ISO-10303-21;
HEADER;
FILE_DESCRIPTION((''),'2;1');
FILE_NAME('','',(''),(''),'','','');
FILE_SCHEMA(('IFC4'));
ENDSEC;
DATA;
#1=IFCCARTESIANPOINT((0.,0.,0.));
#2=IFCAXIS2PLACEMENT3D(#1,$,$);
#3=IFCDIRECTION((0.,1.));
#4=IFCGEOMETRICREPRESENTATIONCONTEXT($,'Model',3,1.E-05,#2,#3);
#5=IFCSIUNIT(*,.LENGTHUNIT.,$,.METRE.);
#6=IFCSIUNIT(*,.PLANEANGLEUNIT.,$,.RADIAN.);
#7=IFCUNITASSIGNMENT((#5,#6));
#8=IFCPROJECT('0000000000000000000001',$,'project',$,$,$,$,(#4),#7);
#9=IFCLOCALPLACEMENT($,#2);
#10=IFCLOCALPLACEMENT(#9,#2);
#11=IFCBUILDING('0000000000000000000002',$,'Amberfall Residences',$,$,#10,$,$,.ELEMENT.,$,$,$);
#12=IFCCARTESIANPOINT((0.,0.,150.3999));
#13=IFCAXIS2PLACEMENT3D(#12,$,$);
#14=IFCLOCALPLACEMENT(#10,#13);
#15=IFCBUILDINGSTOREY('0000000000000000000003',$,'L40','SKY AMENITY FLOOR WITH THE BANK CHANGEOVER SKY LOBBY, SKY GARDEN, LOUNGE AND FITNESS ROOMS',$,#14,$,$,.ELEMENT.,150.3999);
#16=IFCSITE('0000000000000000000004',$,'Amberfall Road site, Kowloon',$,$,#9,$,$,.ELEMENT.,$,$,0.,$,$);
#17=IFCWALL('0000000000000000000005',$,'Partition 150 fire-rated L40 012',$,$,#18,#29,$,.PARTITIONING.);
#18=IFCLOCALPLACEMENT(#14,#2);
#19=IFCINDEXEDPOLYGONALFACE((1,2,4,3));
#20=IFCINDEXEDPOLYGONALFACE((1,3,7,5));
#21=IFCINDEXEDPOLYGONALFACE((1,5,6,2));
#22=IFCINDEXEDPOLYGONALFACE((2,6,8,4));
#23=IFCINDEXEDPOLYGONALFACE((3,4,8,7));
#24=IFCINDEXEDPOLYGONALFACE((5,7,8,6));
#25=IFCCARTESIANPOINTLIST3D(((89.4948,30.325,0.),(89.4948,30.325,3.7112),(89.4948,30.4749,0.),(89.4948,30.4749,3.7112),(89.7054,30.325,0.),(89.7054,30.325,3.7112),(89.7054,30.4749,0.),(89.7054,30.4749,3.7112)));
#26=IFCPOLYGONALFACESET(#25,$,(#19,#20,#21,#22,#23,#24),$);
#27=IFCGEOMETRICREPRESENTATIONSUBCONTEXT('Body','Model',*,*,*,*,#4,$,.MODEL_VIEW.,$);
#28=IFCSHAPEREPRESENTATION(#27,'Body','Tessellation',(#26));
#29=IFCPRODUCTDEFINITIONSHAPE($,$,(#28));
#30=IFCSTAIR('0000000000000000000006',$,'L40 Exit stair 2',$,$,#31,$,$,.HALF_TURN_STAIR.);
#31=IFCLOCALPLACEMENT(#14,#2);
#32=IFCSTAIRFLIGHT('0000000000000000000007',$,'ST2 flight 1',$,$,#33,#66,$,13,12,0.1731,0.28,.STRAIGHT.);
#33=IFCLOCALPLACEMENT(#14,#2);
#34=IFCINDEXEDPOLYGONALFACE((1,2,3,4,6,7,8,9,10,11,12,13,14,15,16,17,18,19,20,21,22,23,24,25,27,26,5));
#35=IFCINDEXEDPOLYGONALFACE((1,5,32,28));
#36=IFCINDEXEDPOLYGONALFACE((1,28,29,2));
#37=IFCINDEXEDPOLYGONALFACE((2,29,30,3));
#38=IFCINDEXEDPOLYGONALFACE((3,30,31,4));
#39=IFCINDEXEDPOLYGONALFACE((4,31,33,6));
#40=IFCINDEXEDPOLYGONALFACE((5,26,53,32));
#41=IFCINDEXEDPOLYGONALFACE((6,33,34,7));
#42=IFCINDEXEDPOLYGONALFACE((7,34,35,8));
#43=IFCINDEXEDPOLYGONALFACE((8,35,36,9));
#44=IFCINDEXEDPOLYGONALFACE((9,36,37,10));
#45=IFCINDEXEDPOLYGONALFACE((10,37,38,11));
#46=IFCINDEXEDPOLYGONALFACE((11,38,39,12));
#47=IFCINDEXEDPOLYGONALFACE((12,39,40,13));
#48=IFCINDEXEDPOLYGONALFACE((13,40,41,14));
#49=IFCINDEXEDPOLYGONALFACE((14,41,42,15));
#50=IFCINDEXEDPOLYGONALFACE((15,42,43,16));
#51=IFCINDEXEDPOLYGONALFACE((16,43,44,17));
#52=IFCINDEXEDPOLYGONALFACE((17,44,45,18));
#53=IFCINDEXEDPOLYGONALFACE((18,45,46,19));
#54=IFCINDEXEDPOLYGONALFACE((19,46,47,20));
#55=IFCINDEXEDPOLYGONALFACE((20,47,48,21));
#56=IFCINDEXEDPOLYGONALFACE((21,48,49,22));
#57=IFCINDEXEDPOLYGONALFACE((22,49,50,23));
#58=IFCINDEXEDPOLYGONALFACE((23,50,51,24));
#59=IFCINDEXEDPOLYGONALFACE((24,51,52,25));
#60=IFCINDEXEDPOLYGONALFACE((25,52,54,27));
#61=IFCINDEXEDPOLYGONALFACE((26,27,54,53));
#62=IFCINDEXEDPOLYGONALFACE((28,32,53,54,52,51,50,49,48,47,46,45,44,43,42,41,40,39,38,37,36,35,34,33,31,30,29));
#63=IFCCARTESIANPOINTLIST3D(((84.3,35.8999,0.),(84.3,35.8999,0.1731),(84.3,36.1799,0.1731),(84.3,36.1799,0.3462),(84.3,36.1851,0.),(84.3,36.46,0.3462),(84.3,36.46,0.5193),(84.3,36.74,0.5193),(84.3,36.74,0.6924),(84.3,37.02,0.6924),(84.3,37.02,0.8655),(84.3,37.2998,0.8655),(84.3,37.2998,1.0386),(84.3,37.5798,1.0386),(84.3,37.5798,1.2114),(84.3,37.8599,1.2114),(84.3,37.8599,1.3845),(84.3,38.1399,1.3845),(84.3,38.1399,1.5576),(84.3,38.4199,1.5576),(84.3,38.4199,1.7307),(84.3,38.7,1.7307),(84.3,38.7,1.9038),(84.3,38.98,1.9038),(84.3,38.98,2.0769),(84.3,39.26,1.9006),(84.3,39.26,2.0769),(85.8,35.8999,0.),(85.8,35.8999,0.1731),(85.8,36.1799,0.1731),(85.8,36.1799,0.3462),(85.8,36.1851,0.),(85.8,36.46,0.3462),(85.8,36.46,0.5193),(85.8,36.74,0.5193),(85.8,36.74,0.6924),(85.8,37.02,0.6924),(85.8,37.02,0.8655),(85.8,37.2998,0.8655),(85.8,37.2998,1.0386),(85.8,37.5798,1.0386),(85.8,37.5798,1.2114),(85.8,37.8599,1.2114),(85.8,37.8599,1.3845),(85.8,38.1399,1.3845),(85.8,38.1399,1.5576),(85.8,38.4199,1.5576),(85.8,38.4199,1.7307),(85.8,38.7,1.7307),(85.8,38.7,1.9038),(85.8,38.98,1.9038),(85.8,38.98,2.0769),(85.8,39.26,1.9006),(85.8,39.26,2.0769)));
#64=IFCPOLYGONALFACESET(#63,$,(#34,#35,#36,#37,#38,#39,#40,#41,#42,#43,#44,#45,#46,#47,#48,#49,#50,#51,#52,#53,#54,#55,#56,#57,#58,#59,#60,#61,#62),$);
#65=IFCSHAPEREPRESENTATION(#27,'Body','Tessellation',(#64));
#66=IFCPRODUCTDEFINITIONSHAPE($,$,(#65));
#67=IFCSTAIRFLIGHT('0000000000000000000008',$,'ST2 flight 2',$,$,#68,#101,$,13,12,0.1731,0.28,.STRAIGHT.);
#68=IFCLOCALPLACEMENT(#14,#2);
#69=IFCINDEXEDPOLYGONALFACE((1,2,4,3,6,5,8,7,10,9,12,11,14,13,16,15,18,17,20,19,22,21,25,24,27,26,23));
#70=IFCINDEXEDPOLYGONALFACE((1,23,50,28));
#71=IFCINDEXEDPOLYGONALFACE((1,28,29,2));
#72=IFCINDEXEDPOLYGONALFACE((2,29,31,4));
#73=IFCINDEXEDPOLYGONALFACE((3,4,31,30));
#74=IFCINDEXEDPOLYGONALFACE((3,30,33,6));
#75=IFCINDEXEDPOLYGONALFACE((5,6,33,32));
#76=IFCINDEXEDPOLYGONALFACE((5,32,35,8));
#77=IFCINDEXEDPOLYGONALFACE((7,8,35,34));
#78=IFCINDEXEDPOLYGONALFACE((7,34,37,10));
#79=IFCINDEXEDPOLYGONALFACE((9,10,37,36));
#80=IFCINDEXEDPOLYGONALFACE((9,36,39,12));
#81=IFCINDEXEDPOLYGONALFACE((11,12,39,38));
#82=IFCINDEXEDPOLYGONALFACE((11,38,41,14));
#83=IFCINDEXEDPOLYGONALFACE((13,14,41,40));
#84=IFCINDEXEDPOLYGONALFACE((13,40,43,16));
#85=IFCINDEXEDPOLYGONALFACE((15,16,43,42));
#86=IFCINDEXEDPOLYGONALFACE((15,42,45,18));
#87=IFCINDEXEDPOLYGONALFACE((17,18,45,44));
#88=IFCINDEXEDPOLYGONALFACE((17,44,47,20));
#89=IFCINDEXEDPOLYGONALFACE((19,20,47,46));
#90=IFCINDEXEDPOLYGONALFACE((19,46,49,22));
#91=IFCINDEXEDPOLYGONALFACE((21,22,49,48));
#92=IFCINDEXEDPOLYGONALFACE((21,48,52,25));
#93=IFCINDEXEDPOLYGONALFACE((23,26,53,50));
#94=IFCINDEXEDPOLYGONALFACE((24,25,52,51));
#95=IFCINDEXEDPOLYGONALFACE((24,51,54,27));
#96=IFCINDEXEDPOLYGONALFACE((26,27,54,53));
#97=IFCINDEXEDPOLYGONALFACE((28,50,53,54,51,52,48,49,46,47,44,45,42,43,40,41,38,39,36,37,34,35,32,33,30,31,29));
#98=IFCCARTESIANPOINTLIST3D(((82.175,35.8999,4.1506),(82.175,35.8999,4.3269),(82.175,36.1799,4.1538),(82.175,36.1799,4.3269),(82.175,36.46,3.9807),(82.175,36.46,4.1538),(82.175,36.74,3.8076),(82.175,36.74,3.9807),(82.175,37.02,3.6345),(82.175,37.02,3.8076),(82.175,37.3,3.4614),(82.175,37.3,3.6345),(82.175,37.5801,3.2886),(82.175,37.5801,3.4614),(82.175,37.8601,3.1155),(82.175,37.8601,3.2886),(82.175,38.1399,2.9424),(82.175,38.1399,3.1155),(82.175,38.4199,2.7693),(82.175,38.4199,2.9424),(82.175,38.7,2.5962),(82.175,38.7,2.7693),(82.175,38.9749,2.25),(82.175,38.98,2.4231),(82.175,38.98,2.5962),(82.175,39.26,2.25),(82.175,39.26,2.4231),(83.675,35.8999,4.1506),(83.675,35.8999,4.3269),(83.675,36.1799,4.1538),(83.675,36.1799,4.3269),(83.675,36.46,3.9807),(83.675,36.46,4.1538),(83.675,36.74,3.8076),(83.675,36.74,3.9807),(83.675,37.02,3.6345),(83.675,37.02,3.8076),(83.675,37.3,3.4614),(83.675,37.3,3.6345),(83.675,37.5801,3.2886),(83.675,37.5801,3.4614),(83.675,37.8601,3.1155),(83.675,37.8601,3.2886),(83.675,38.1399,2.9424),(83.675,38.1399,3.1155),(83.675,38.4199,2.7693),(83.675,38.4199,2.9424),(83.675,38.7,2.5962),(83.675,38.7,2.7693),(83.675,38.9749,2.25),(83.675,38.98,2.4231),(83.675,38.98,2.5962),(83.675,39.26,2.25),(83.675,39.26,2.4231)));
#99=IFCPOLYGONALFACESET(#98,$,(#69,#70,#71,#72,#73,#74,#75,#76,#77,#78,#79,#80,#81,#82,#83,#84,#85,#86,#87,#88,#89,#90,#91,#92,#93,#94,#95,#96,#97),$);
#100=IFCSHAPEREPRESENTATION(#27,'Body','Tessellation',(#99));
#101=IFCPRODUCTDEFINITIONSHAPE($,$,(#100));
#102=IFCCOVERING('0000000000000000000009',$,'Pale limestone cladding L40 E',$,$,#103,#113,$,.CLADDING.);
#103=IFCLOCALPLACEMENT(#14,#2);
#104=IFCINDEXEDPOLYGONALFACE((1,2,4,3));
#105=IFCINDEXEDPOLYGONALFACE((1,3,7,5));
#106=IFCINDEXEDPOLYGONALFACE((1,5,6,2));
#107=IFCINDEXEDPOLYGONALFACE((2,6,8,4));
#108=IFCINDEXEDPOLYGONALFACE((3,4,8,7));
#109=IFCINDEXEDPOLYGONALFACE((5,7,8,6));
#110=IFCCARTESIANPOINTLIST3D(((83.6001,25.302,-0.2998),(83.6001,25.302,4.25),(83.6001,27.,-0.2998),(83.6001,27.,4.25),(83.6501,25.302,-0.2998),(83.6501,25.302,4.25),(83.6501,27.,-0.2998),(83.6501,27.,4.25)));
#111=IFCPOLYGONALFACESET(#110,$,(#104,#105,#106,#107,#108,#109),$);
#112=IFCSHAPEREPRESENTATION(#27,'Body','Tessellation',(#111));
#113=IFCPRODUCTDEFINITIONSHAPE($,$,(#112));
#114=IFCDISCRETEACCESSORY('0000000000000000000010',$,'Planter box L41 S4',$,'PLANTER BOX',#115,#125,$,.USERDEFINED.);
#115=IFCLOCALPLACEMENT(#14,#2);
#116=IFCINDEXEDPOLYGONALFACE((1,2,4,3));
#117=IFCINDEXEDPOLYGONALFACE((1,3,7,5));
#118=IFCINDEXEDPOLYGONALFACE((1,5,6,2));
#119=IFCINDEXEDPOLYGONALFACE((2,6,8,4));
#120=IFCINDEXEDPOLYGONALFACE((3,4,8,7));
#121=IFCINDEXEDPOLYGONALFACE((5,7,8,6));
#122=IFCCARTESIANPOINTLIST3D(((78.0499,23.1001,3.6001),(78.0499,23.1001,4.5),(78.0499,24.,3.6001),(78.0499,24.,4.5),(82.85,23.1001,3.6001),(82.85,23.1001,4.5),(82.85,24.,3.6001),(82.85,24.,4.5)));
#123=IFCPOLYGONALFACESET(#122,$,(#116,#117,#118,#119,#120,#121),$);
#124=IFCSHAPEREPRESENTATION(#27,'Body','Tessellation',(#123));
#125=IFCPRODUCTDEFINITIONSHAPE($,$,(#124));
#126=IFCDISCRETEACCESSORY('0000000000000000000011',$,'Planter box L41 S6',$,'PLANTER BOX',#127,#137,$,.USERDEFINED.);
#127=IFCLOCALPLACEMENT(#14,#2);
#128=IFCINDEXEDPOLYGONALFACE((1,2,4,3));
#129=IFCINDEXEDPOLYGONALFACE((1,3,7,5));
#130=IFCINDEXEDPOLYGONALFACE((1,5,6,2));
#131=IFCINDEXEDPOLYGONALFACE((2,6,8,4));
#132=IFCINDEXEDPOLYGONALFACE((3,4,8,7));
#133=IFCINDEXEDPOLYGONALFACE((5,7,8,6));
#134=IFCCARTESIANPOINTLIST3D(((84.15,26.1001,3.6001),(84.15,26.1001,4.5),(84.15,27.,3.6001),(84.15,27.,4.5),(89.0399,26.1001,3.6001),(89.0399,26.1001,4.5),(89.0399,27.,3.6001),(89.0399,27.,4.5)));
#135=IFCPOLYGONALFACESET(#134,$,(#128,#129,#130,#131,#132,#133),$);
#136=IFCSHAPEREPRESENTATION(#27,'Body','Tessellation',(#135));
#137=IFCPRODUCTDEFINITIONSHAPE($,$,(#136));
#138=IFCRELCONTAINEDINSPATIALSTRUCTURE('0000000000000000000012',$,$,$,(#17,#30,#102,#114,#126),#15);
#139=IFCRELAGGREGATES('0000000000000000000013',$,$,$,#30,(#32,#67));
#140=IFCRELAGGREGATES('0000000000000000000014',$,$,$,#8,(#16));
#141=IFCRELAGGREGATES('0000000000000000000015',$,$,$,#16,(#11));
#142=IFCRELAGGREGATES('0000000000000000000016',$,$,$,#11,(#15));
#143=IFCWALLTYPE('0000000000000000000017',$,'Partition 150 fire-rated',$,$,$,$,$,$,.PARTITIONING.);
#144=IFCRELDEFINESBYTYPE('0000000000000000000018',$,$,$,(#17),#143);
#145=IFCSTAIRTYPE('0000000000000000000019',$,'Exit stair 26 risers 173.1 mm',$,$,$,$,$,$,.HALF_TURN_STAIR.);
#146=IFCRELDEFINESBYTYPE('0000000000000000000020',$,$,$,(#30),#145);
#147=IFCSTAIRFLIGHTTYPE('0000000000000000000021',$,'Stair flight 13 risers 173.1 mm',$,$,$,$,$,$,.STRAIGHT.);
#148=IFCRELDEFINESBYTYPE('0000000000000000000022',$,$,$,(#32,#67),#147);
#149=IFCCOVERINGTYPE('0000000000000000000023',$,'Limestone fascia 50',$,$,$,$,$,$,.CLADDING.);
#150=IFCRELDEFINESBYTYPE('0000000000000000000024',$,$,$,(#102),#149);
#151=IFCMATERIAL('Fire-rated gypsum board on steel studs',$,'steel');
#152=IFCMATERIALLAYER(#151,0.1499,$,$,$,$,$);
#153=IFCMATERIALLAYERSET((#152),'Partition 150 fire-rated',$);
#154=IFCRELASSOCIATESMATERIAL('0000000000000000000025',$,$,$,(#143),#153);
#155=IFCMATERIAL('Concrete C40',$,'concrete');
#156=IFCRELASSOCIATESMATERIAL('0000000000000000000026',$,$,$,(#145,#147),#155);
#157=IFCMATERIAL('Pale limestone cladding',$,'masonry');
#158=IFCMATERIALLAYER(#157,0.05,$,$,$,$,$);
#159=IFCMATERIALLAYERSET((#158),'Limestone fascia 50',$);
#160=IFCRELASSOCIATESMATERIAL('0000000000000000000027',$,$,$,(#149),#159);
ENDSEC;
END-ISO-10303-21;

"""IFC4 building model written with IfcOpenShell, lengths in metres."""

from ifc_helpers import new_model, si_unit, direction, frame, frame_2d, origin, origin_2d, place, context, subcontext, project, spatial, polyline, rectangle, outline, extrude, material, layer, layer_set, type_object, element, aggregate, save


model = new_model("IFC4")

# Units and contexts
model_context = context("Model", 3, precision=1e-05, world=origin(), true_north=direction((0.0, 1.0)))
body_context = subcontext(model_context, "Body", "Model", "MODEL_VIEW")
ifc_project = project(units=[si_unit("LENGTHUNIT", "METRE"), si_unit("PLANEANGLEUNIT", "RADIAN")], contexts=[model_context])

# Site, building, storey
site_placement = place(None, origin())
site = spatial("IfcSite", under=ifc_project, at=site_placement, Name="Amberfall Road site, Kowloon", CompositionType="ELEMENT", RefElevation=0.0)
building_placement = place(site_placement, origin())
building = spatial("IfcBuilding", under=site, at=building_placement, Name="Amberfall Residences", CompositionType="ELEMENT")
storey_placement = place(building_placement, frame((0.0, 0.0, 150.3999)))
storey = spatial("IfcBuildingStorey", under=building, at=storey_placement, Name="L40", Description="SKY AMENITY FLOOR WITH THE BANK CHANGEOVER SKY LOBBY, SKY GARDEN, LOUNGE AND FITNESS ROOMS", CompositionType="ELEMENT", Elevation=150.3999)

# Shared definitions
ifc_material_1 = material(Name="Fire-rated gypsum board on steel studs", Category="steel")
ifc_layer_1 = layer(ifc_material_1, 0.1499)
ifc_layer_set_1 = layer_set([ifc_layer_1], Name="Partition 150 fire-rated")
wall_type_1 = type_object("IfcWallType", Name="Partition 150 fire-rated", PredefinedType="PARTITIONING", material=ifc_layer_set_1)

# Wall
wall_1_placement = place(storey_placement, frame((89.4946, 30.3999, 0.0), z_axis=(0.0, 0.0, 1.0), x_axis=(1.0, 0.0, 0.0)))
element("IfcWall", 1, at=wall_1_placement, inside=storey, type_object=wall_type_1, Name="Partition 150 fire-rated L40 012", PredefinedType="PARTITIONING", context=body_context, shape_type="SweptSolid", body=[
    extrude(rectangle(XDim=0.2107, YDim=0.1499, at=frame_2d((0.1055, 0.0))), origin(), (0.0, 0.0, 1.0), 3.7112),
])

# Stair, stair flights
ifc_material_2 = material(Name="Concrete C40", Category="concrete")
stair_type = type_object("IfcStairType", Name="Exit stair 26 risers 173.1 mm", PredefinedType="HALF_TURN_STAIR", material=ifc_material_2)
stair_placement = place(storey_placement, origin())
stair = element("IfcStair", 2, at=stair_placement, inside=storey, type_object=stair_type, Name="L40 Exit stair 2", PredefinedType="HALF_TURN_STAIR")
stair_flight_type = type_object("IfcStairFlightType", Name="Stair flight 13 risers 173.1 mm", PredefinedType="STRAIGHT", material=ifc_material_2)
stair_flight_1_placement = place(storey_placement, frame((85.05, 35.8999, 0.0), z_axis=(0.0, 0.0, 1.0), x_axis=(0.0, 1.0, 0.0)))
stair_flight_1 = element("IfcStairFlight", 3, at=stair_flight_1_placement, type_object=stair_flight_type, Name="ST2 flight 1", NumberOfRisers=13, NumberOfTreads=12, PredefinedType="STRAIGHT", RiserHeight=0.1731, TreadLength=0.28, context=body_context, shape_type="SweptSolid", body=[
    extrude(outline(polyline([(0.0, 0.0), (0.0, 0.1731), (0.28, 0.1731), (0.28, 0.3462), (0.5601, 0.3462), (0.5601, 0.5193), (0.8401, 0.5193), (0.8401, 0.6924), (1.1201, 0.6924), (1.1201, 0.8655), (1.3999, 0.8655), (1.3999, 1.0386), (1.6799, 1.0386), (1.6799, 1.2114), (1.96, 1.2114), (1.96, 1.3845), (2.24, 1.3845), (2.24, 1.5576), (2.52, 1.5576), (2.52, 1.7307), (2.8, 1.7307), (2.8, 1.9038), (3.0801, 1.9038), (3.0801, 2.0769), (3.3601, 2.0769), (3.3601, 2.25), (3.3601, 1.9006), (0.2852, 0.0), (0.0, 0.0)])), frame((0.0, 0.75, 0.0), z_axis=(0.0, -1.0, 0.0), x_axis=(1.0, 0.0, 0.0)), (0.0, 0.0, 1.0), 1.5),
])
stair_flight_2_placement = place(storey_placement, frame((82.925, 39.26, 2.25), z_axis=(0.0, 0.0, 1.0), x_axis=(0.0, -1.0, 0.0)))
stair_flight_2 = element("IfcStairFlight", 4, at=stair_flight_2_placement, type_object=stair_flight_type, Name="ST2 flight 2", NumberOfRisers=13, NumberOfTreads=12, PredefinedType="STRAIGHT", RiserHeight=0.1731, TreadLength=0.28, context=body_context, shape_type="SweptSolid", body=[
    extrude(outline(polyline([(0.0, 0.0), (0.0, 0.1731), (0.28, 0.1731), (0.28, 0.3462), (0.5601, 0.3462), (0.5601, 0.5193), (0.8401, 0.5193), (0.8401, 0.6924), (1.1201, 0.6924), (1.1201, 0.8655), (1.3999, 0.8655), (1.3999, 1.0386), (1.6799, 1.0386), (1.6799, 1.2114), (1.96, 1.2114), (1.96, 1.3845), (2.24, 1.3845), (2.24, 1.5576), (2.52, 1.5576), (2.52, 1.7307), (2.8, 1.7307), (2.8, 1.9038), (3.0801, 1.9038), (3.0801, 2.0769), (3.3601, 2.0769), (3.3601, 2.25), (3.3601, 1.9006), (0.2852, 0.0), (0.0, 0.0)])), frame((0.0, 0.75, 0.0), z_axis=(0.0, -1.0, 0.0), x_axis=(1.0, 0.0, 0.0)), (0.0, 0.0, 1.0), 1.5),
])
aggregate(stair, [stair_flight_1, stair_flight_2])

# Covering
ifc_material_3 = material(Name="Pale limestone cladding", Category="masonry")
ifc_layer_2 = layer(ifc_material_3, 0.05)
ifc_layer_set_2 = layer_set([ifc_layer_2], Name="Limestone fascia 50")
covering_type = type_object("IfcCoveringType", Name="Limestone fascia 50", PredefinedType="CLADDING", material=ifc_layer_set_2)
covering_placement = place(storey_placement, frame((83.6001, 25.302, 4.25), z_axis=(-1.0, 0.0, 0.0), x_axis=(0.0, 1.0, 0.0)))
element("IfcCovering", 5, at=covering_placement, inside=storey, type_object=covering_type, Name="Pale limestone cladding L40 E", PredefinedType="CLADDING", context=body_context, shape_type="SweptSolid", body=[
    extrude(outline(polyline([(0.0, 0.0), (1.698, 0.0), (1.698, 4.5498), (0.0, 4.5498), (0.0, 0.0)])), origin(), (0.0, 0.0, -1.0), 0.05),
])

# Discrete accessories
discrete_accessory_1_placement = place(storey_placement, frame((80.45, 23.55, 3.6001), z_axis=(0.0, 0.0, 1.0), x_axis=(1.0, 0.0, 0.0)))
element("IfcDiscreteAccessory", 6, at=discrete_accessory_1_placement, inside=storey, Name="Planter box L41 S4", ObjectType="PLANTER BOX", PredefinedType="USERDEFINED", context=body_context, shape_type="SweptSolid", body=[
    extrude(rectangle(XDim=4.8, YDim=0.8999, at=origin_2d()), origin(), (0.0, 0.0, 1.0), 0.8999),
])
discrete_accessory_2_placement = place(storey_placement, frame((86.595, 26.55, 3.6001), z_axis=(0.0, 0.0, 1.0), x_axis=(1.0, 0.0, 0.0)))
element("IfcDiscreteAccessory", 7, at=discrete_accessory_2_placement, inside=storey, Name="Planter box L41 S6", ObjectType="PLANTER BOX", PredefinedType="USERDEFINED", context=body_context, shape_type="SweptSolid", body=[
    extrude(rectangle(XDim=4.8899, YDim=0.8999, at=origin_2d()), origin(), (0.0, 0.0, 1.0), 0.8999),
])

save(model, "model.ifc")
